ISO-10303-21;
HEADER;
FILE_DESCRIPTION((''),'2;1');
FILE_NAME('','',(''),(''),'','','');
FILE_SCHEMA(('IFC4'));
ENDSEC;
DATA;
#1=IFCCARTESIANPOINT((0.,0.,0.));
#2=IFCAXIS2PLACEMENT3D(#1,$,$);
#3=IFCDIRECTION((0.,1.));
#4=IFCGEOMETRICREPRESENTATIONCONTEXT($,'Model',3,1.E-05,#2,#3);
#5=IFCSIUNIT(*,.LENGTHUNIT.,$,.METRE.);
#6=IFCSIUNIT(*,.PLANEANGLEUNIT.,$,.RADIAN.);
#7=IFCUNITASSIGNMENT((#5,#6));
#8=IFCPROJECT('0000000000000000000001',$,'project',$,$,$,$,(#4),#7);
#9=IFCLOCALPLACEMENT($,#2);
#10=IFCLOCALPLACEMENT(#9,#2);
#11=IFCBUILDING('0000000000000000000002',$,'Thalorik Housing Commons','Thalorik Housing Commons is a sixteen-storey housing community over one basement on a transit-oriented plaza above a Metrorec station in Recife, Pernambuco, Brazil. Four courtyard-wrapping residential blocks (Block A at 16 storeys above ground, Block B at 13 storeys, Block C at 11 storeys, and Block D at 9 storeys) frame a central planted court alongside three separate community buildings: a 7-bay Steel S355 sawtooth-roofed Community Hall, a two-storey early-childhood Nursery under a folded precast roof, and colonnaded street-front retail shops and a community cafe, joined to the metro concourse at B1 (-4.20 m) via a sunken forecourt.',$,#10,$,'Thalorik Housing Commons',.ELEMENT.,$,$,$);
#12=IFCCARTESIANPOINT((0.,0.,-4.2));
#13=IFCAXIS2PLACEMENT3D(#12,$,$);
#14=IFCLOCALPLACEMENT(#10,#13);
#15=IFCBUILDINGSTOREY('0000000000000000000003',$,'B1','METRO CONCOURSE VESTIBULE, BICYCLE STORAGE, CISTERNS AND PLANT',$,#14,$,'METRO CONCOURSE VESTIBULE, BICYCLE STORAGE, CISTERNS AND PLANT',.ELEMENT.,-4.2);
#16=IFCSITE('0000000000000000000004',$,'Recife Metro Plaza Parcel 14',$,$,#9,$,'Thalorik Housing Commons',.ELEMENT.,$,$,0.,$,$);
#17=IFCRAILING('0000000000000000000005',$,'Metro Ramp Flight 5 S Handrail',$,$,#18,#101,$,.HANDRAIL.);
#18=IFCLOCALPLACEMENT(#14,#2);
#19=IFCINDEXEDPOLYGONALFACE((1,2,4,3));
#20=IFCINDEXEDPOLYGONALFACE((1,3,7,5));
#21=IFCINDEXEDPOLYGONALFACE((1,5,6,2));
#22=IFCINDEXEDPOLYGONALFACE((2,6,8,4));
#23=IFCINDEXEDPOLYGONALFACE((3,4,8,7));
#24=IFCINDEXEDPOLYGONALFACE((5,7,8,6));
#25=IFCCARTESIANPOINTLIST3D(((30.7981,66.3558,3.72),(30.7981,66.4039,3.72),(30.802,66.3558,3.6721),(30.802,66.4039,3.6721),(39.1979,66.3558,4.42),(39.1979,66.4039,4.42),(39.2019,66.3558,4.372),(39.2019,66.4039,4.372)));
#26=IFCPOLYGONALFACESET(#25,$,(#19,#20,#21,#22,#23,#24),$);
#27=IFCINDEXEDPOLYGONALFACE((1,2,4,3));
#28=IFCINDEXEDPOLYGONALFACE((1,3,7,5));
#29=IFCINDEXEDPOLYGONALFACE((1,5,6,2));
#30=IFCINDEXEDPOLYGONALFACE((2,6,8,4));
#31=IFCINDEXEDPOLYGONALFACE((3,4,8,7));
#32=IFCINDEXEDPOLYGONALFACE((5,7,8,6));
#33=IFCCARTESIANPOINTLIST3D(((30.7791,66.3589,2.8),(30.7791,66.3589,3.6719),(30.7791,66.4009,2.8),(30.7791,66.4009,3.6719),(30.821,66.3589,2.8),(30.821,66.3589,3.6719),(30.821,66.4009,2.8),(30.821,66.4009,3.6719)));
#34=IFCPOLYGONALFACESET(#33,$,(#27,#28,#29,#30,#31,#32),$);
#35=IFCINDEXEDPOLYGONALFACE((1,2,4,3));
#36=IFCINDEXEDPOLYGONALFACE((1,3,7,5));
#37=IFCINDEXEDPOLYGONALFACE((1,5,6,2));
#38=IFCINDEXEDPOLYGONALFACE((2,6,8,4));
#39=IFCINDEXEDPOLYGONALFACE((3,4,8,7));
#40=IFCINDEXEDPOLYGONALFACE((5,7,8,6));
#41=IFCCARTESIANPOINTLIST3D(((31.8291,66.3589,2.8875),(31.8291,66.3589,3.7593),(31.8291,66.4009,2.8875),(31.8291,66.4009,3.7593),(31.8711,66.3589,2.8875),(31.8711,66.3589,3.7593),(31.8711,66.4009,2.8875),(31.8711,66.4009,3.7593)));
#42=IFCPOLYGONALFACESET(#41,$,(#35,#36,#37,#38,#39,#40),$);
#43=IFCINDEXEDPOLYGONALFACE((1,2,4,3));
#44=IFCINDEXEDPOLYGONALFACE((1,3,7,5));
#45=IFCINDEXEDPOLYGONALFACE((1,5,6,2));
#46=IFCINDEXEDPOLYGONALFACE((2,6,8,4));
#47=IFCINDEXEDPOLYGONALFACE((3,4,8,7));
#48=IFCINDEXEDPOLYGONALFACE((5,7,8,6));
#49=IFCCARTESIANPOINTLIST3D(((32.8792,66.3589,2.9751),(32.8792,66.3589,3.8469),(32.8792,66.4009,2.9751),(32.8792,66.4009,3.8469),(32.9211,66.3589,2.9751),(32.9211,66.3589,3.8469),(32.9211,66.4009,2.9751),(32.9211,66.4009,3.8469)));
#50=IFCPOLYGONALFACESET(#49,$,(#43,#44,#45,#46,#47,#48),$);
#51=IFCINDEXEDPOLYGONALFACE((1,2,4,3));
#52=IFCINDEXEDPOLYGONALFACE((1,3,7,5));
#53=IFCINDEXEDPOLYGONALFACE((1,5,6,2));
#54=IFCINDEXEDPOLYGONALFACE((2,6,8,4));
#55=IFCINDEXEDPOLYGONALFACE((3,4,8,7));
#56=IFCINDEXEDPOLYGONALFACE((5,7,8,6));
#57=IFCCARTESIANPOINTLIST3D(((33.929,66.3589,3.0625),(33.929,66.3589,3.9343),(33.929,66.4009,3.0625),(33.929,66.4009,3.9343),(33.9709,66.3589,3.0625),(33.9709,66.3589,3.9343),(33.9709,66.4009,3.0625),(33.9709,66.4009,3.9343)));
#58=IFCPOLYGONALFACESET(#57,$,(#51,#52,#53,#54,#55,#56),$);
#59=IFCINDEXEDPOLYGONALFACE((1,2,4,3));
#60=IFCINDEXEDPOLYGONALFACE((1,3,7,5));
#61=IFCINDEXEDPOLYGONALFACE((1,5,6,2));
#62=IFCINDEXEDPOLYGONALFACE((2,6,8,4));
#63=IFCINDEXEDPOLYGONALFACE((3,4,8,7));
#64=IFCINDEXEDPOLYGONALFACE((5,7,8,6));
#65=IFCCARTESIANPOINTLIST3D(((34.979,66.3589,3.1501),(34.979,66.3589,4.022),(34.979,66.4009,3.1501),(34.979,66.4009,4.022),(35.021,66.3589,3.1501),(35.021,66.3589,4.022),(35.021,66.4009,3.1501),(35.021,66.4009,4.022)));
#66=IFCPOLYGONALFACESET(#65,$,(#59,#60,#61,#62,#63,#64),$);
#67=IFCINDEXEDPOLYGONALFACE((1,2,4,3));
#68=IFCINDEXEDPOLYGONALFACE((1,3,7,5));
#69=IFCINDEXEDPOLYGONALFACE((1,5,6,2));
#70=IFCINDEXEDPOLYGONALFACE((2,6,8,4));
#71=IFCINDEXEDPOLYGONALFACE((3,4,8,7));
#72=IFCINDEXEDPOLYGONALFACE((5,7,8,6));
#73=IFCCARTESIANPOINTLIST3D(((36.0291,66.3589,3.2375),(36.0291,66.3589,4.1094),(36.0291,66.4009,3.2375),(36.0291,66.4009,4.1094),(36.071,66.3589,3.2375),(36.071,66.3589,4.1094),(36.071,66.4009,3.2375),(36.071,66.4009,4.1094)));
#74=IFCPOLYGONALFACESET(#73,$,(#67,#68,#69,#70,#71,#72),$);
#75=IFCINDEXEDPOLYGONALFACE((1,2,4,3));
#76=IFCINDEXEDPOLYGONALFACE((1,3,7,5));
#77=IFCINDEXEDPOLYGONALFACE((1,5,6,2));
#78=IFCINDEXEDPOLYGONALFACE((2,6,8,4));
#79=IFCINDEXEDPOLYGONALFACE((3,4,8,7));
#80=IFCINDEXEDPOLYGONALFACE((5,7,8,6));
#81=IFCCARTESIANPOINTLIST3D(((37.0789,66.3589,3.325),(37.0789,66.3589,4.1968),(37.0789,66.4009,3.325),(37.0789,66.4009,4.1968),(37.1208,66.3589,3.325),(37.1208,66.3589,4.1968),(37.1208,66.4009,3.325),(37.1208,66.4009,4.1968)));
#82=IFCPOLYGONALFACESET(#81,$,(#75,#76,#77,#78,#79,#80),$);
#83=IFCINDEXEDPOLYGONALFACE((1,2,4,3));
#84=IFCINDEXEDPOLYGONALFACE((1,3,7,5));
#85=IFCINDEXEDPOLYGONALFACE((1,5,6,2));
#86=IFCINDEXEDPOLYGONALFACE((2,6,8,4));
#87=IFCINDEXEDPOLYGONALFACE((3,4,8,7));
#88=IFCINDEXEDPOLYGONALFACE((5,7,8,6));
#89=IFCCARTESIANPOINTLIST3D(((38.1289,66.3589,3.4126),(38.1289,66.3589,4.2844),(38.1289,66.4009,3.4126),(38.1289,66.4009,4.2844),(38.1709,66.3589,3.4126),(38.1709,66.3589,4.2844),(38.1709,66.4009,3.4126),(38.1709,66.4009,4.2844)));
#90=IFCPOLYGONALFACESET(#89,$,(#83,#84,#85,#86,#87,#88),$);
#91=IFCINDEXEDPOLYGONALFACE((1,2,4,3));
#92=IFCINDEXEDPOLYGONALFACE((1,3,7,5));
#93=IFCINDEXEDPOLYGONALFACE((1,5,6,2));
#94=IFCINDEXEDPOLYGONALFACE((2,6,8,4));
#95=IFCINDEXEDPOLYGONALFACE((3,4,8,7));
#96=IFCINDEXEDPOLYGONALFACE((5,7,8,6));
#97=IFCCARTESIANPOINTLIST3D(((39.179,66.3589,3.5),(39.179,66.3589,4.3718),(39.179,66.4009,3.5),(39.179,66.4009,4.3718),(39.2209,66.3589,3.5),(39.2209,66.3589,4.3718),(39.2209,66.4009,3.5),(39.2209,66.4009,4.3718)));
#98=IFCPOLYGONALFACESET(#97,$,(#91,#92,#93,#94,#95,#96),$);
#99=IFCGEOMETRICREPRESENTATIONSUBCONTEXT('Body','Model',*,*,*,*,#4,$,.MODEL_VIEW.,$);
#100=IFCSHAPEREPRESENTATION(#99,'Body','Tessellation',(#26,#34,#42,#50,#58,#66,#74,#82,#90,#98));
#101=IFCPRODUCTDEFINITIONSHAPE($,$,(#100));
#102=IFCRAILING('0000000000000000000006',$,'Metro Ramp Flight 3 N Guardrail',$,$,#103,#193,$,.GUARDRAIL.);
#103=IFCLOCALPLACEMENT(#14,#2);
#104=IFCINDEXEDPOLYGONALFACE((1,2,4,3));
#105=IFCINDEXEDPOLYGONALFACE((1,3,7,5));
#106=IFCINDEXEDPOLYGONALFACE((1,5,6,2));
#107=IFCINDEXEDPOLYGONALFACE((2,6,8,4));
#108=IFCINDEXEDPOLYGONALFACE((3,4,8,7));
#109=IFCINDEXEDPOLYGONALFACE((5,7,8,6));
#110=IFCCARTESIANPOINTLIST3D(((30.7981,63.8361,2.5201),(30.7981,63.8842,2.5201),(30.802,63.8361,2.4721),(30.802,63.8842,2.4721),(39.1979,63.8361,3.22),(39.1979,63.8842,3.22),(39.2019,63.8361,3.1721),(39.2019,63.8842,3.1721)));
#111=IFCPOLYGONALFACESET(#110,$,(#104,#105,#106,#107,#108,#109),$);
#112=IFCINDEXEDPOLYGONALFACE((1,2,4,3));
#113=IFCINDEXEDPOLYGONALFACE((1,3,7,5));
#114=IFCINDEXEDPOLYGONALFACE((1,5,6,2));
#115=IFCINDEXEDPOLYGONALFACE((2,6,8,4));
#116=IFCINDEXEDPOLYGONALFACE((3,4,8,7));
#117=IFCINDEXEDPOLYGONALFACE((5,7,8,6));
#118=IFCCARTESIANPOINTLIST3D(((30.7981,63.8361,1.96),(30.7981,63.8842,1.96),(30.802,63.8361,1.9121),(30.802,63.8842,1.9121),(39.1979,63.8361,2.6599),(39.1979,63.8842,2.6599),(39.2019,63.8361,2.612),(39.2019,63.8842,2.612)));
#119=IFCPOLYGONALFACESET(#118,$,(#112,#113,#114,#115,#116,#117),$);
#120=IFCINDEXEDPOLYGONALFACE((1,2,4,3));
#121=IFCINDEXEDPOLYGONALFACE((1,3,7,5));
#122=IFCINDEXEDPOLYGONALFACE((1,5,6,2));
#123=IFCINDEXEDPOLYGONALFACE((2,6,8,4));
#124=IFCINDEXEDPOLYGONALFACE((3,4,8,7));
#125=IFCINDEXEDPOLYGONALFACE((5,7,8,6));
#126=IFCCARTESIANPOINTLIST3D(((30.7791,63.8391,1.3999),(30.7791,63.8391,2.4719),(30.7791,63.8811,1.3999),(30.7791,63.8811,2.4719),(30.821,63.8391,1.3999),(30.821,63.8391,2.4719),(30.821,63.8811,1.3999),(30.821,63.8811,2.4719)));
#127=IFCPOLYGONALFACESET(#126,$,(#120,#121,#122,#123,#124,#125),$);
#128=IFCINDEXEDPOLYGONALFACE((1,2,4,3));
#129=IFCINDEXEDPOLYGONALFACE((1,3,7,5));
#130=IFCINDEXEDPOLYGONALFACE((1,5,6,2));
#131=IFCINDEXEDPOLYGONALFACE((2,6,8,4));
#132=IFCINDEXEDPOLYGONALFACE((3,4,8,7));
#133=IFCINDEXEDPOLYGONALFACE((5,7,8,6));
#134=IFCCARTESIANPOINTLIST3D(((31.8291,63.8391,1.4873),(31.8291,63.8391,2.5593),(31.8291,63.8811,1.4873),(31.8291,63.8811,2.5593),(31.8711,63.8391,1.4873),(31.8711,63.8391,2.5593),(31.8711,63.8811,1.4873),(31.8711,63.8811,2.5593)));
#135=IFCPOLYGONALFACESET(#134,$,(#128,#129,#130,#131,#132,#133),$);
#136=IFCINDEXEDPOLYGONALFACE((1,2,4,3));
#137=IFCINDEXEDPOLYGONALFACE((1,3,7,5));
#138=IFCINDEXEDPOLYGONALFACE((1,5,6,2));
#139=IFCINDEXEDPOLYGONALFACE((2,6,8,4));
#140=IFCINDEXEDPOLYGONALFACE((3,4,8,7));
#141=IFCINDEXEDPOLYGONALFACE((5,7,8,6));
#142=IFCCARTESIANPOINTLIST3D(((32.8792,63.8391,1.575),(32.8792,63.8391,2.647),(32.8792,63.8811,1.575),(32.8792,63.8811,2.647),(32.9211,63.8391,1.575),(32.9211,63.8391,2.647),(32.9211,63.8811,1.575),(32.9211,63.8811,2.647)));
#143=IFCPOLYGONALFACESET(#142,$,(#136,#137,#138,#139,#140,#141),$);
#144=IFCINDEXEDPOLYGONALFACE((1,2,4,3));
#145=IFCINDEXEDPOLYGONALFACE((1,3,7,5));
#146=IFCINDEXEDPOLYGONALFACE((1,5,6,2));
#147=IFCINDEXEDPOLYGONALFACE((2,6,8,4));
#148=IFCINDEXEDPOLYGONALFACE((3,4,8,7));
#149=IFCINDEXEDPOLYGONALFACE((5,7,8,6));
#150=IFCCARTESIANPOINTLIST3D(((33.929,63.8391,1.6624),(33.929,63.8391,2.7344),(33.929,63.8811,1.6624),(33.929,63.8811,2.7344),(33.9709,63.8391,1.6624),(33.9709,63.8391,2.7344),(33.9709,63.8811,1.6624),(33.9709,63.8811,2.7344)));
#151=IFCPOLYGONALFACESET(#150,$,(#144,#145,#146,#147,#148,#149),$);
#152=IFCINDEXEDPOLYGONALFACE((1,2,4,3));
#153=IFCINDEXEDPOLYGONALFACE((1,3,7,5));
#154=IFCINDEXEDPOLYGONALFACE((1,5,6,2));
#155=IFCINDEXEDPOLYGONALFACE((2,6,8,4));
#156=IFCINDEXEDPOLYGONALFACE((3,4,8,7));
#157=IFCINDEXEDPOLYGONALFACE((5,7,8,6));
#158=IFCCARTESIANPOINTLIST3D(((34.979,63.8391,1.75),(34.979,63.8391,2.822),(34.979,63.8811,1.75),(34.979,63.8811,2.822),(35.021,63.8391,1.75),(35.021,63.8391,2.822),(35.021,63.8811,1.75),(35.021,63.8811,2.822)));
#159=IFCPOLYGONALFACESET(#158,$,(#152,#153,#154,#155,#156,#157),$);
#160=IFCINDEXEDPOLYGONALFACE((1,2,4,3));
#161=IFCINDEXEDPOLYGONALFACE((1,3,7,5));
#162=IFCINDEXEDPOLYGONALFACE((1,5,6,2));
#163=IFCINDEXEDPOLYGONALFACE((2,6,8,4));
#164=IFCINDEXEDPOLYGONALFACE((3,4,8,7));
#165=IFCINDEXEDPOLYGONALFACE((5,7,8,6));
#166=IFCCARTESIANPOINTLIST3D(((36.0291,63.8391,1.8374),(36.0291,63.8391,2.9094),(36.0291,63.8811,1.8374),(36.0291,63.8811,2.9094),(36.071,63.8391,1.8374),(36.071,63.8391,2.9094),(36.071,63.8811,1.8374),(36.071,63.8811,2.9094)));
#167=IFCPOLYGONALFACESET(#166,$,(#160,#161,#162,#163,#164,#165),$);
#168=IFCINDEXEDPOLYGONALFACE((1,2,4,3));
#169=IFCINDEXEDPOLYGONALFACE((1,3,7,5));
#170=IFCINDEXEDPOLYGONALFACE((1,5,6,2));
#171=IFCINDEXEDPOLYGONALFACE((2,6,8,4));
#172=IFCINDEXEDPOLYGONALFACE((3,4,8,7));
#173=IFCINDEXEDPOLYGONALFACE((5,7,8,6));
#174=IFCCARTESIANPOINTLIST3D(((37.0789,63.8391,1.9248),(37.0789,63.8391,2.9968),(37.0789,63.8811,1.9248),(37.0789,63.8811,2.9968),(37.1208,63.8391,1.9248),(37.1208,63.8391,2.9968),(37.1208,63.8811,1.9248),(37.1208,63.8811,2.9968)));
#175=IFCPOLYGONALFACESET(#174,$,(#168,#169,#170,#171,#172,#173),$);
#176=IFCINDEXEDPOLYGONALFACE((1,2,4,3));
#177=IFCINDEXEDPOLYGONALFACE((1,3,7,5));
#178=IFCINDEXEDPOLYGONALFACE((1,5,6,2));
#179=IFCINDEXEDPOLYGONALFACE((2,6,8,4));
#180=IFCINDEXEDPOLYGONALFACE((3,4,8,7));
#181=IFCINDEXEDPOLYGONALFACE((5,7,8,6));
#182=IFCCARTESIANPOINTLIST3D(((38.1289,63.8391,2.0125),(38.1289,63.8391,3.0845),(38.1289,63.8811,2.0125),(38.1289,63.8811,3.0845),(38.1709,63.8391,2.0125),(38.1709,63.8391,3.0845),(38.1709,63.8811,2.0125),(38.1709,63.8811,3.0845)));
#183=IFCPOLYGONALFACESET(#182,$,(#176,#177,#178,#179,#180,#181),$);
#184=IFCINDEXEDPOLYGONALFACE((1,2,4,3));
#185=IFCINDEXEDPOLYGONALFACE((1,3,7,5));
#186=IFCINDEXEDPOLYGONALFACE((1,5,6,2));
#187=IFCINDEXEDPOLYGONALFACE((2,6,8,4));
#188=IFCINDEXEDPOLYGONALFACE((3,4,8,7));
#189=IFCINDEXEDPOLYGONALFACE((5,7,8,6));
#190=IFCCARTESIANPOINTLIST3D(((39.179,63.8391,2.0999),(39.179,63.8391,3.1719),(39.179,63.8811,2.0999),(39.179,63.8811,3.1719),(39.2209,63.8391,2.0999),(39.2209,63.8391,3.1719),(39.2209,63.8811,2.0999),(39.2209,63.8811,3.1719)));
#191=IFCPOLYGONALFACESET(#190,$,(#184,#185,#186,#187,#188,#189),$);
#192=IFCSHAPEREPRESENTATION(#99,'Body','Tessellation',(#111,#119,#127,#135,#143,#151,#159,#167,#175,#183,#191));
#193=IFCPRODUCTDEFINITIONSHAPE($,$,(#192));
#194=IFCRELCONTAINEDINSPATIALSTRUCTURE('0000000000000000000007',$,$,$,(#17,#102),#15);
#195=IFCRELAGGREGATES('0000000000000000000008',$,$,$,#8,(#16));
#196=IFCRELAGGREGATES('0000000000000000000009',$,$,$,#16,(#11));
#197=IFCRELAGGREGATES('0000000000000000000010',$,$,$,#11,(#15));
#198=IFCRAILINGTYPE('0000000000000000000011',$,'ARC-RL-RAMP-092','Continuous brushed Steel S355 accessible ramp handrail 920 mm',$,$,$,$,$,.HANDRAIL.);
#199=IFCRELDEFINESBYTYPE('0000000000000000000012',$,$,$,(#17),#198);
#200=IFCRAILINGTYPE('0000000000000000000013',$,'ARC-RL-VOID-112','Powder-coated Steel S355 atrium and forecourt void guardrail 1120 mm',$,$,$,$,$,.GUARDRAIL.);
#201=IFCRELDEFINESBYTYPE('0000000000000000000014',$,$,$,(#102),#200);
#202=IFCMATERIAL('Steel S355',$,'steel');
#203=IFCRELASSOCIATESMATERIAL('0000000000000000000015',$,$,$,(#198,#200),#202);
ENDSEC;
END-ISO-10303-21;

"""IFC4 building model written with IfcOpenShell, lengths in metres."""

from ifc_helpers import new_model, si_unit, direction, frame, origin, origin_2d, place, context, subcontext, project, spatial, rectangle, extrude, material, type_object, element, save


model = new_model("IFC4")

# Units and contexts
model_context = context("Model", 3, precision=1e-05, world=origin(), true_north=direction((0.0, 1.0)))
body_context = subcontext(model_context, "Body", "Model", "MODEL_VIEW")
ifc_project = project(units=[si_unit("LENGTHUNIT", "METRE"), si_unit("PLANEANGLEUNIT", "RADIAN")], contexts=[model_context])

# Site, building, storey
site_placement = place(None, origin())
site = spatial("IfcSite", under=ifc_project, at=site_placement, Name="Recife Metro Plaza Parcel 14", LongName="Thalorik Housing Commons", CompositionType="ELEMENT", RefElevation=0.0)
building_placement = place(site_placement, origin())
building = spatial("IfcBuilding", under=site, at=building_placement, Name="Thalorik Housing Commons", Description="Thalorik Housing Commons is a sixteen-storey housing community over one basement on a transit-oriented plaza above a Metrorec station in Recife, Pernambuco, Brazil. Four courtyard-wrapping residential blocks (Block A at 16 storeys above ground, Block B at 13 storeys, Block C at 11 storeys, and Block D at 9 storeys) frame a central planted court alongside three separate community buildings: a 7-bay Steel S355 sawtooth-roofed Community Hall, a two-storey early-childhood Nursery under a folded precast roof, and colonnaded street-front retail shops and a community cafe, joined to the metro concourse at B1 (-4.20 m) via a sunken forecourt.", LongName="Thalorik Housing Commons", CompositionType="ELEMENT")
storey_placement = place(building_placement, frame((0.0, 0.0, -4.2)))
storey = spatial("IfcBuildingStorey", under=building, at=storey_placement, Name="B1", Description="METRO CONCOURSE VESTIBULE, BICYCLE STORAGE, CISTERNS AND PLANT", LongName="METRO CONCOURSE VESTIBULE, BICYCLE STORAGE, CISTERNS AND PLANT", CompositionType="ELEMENT", Elevation=-4.2)

# Railings
ifc_material_1 = material(Name="Steel S355", Category="steel")
railing_type_1 = type_object("IfcRailingType", Name="ARC-RL-RAMP-092", Description="Continuous brushed Steel S355 accessible ramp handrail 920 mm", PredefinedType="HANDRAIL", material=ifc_material_1)
for number, where, name in (
    (1, (30.8, 66.3799, 2.8), "Metro Ramp Flight 5 S Handrail"),
):
    element("IfcRailing", number, at=place(storey_placement, frame(where)), inside=storey, type_object=railing_type_1, Name=name, PredefinedType="HANDRAIL", context=body_context, shape_type="SweptSolid", body=[
        extrude(rectangle(XDim=0.0481, YDim=0.0481, at=origin_2d()), frame((0.0, 0.0, 0.896), z_axis=(0.996546, 0.0, 0.083041), x_axis=(0.0, 1.0, 0.0)), (0.0, 0.0, 1.0), 8.429),
        extrude(rectangle(XDim=0.042, YDim=0.042, at=origin_2d()), origin(), (0.0, 0.0, 1.0), 0.8718),
        extrude(rectangle(XDim=0.042, YDim=0.042, at=origin_2d()), frame((1.05, 0.0, 0.0874)), (0.0, 0.0, 1.0), 0.8718),
        extrude(rectangle(XDim=0.042, YDim=0.042, at=origin_2d()), frame((2.1001, 0.0, 0.175)), (0.0, 0.0, 1.0), 0.8718),
        extrude(rectangle(XDim=0.042, YDim=0.042, at=origin_2d()), frame((3.1499, 0.0, 0.2625)), (0.0, 0.0, 1.0), 0.8718),
        extrude(rectangle(XDim=0.042, YDim=0.042, at=origin_2d()), frame((4.2, 0.0, 0.3501)), (0.0, 0.0, 1.0), 0.8718),
        extrude(rectangle(XDim=0.042, YDim=0.042, at=origin_2d()), frame((5.25, 0.0, 0.4375)), (0.0, 0.0, 1.0), 0.8718),
        extrude(rectangle(XDim=0.042, YDim=0.042, at=origin_2d()), frame((6.2998, 0.0, 0.5249)), (0.0, 0.0, 1.0), 0.8718),
        extrude(rectangle(XDim=0.042, YDim=0.042, at=origin_2d()), frame((7.3499, 0.0, 0.6125)), (0.0, 0.0, 1.0), 0.8718),
        extrude(rectangle(XDim=0.042, YDim=0.042, at=origin_2d()), frame((8.3999, 0.0, 0.7)), (0.0, 0.0, 1.0), 0.8718),
    ])
railing_type_2 = type_object("IfcRailingType", Name="ARC-RL-VOID-112", Description="Powder-coated Steel S355 atrium and forecourt void guardrail 1120 mm", PredefinedType="GUARDRAIL", material=ifc_material_1)
railing_1_placement = place(storey_placement, frame((30.8, 63.8601, 1.3999)))
element("IfcRailing", 2, at=railing_1_placement, inside=storey, type_object=railing_type_2, Name="Metro Ramp Flight 3 N Guardrail", PredefinedType="GUARDRAIL", context=body_context, shape_type="SweptSolid", body=[
    extrude(rectangle(XDim=0.0481, YDim=0.0481, at=origin_2d()), frame((0.0, 0.0, 1.0962), z_axis=(0.996546, 0.0, 0.083041), x_axis=(0.0, 1.0, 0.0)), (0.0, 0.0, 1.0), 8.429),
    extrude(rectangle(XDim=0.0481, YDim=0.0481, at=origin_2d()), frame((0.0, 0.0, 0.5361), z_axis=(0.996546, 0.0, 0.083041), x_axis=(0.0, 1.0, 0.0)), (0.0, 0.0, 1.0), 8.429),
    extrude(rectangle(XDim=0.042, YDim=0.042, at=origin_2d()), origin(), (0.0, 0.0, 1.0), 1.072),
    extrude(rectangle(XDim=0.042, YDim=0.042, at=origin_2d()), frame((1.05, 0.0, 0.0874)), (0.0, 0.0, 1.0), 1.072),
    extrude(rectangle(XDim=0.042, YDim=0.042, at=origin_2d()), frame((2.1001, 0.0, 0.175)), (0.0, 0.0, 1.0), 1.072),
    extrude(rectangle(XDim=0.042, YDim=0.042, at=origin_2d()), frame((3.1499, 0.0, 0.2625)), (0.0, 0.0, 1.0), 1.072),
    extrude(rectangle(XDim=0.042, YDim=0.042, at=origin_2d()), frame((4.2, 0.0, 0.3501)), (0.0, 0.0, 1.0), 1.072),
    extrude(rectangle(XDim=0.042, YDim=0.042, at=origin_2d()), frame((5.25, 0.0, 0.4375)), (0.0, 0.0, 1.0), 1.072),
    extrude(rectangle(XDim=0.042, YDim=0.042, at=origin_2d()), frame((6.2998, 0.0, 0.5249)), (0.0, 0.0, 1.0), 1.072),
    extrude(rectangle(XDim=0.042, YDim=0.042, at=origin_2d()), frame((7.3499, 0.0, 0.6125)), (0.0, 0.0, 1.0), 1.072),
    extrude(rectangle(XDim=0.042, YDim=0.042, at=origin_2d()), frame((8.3999, 0.0, 0.7)), (0.0, 0.0, 1.0), 1.072),
])

save(model, "model.ifc")
